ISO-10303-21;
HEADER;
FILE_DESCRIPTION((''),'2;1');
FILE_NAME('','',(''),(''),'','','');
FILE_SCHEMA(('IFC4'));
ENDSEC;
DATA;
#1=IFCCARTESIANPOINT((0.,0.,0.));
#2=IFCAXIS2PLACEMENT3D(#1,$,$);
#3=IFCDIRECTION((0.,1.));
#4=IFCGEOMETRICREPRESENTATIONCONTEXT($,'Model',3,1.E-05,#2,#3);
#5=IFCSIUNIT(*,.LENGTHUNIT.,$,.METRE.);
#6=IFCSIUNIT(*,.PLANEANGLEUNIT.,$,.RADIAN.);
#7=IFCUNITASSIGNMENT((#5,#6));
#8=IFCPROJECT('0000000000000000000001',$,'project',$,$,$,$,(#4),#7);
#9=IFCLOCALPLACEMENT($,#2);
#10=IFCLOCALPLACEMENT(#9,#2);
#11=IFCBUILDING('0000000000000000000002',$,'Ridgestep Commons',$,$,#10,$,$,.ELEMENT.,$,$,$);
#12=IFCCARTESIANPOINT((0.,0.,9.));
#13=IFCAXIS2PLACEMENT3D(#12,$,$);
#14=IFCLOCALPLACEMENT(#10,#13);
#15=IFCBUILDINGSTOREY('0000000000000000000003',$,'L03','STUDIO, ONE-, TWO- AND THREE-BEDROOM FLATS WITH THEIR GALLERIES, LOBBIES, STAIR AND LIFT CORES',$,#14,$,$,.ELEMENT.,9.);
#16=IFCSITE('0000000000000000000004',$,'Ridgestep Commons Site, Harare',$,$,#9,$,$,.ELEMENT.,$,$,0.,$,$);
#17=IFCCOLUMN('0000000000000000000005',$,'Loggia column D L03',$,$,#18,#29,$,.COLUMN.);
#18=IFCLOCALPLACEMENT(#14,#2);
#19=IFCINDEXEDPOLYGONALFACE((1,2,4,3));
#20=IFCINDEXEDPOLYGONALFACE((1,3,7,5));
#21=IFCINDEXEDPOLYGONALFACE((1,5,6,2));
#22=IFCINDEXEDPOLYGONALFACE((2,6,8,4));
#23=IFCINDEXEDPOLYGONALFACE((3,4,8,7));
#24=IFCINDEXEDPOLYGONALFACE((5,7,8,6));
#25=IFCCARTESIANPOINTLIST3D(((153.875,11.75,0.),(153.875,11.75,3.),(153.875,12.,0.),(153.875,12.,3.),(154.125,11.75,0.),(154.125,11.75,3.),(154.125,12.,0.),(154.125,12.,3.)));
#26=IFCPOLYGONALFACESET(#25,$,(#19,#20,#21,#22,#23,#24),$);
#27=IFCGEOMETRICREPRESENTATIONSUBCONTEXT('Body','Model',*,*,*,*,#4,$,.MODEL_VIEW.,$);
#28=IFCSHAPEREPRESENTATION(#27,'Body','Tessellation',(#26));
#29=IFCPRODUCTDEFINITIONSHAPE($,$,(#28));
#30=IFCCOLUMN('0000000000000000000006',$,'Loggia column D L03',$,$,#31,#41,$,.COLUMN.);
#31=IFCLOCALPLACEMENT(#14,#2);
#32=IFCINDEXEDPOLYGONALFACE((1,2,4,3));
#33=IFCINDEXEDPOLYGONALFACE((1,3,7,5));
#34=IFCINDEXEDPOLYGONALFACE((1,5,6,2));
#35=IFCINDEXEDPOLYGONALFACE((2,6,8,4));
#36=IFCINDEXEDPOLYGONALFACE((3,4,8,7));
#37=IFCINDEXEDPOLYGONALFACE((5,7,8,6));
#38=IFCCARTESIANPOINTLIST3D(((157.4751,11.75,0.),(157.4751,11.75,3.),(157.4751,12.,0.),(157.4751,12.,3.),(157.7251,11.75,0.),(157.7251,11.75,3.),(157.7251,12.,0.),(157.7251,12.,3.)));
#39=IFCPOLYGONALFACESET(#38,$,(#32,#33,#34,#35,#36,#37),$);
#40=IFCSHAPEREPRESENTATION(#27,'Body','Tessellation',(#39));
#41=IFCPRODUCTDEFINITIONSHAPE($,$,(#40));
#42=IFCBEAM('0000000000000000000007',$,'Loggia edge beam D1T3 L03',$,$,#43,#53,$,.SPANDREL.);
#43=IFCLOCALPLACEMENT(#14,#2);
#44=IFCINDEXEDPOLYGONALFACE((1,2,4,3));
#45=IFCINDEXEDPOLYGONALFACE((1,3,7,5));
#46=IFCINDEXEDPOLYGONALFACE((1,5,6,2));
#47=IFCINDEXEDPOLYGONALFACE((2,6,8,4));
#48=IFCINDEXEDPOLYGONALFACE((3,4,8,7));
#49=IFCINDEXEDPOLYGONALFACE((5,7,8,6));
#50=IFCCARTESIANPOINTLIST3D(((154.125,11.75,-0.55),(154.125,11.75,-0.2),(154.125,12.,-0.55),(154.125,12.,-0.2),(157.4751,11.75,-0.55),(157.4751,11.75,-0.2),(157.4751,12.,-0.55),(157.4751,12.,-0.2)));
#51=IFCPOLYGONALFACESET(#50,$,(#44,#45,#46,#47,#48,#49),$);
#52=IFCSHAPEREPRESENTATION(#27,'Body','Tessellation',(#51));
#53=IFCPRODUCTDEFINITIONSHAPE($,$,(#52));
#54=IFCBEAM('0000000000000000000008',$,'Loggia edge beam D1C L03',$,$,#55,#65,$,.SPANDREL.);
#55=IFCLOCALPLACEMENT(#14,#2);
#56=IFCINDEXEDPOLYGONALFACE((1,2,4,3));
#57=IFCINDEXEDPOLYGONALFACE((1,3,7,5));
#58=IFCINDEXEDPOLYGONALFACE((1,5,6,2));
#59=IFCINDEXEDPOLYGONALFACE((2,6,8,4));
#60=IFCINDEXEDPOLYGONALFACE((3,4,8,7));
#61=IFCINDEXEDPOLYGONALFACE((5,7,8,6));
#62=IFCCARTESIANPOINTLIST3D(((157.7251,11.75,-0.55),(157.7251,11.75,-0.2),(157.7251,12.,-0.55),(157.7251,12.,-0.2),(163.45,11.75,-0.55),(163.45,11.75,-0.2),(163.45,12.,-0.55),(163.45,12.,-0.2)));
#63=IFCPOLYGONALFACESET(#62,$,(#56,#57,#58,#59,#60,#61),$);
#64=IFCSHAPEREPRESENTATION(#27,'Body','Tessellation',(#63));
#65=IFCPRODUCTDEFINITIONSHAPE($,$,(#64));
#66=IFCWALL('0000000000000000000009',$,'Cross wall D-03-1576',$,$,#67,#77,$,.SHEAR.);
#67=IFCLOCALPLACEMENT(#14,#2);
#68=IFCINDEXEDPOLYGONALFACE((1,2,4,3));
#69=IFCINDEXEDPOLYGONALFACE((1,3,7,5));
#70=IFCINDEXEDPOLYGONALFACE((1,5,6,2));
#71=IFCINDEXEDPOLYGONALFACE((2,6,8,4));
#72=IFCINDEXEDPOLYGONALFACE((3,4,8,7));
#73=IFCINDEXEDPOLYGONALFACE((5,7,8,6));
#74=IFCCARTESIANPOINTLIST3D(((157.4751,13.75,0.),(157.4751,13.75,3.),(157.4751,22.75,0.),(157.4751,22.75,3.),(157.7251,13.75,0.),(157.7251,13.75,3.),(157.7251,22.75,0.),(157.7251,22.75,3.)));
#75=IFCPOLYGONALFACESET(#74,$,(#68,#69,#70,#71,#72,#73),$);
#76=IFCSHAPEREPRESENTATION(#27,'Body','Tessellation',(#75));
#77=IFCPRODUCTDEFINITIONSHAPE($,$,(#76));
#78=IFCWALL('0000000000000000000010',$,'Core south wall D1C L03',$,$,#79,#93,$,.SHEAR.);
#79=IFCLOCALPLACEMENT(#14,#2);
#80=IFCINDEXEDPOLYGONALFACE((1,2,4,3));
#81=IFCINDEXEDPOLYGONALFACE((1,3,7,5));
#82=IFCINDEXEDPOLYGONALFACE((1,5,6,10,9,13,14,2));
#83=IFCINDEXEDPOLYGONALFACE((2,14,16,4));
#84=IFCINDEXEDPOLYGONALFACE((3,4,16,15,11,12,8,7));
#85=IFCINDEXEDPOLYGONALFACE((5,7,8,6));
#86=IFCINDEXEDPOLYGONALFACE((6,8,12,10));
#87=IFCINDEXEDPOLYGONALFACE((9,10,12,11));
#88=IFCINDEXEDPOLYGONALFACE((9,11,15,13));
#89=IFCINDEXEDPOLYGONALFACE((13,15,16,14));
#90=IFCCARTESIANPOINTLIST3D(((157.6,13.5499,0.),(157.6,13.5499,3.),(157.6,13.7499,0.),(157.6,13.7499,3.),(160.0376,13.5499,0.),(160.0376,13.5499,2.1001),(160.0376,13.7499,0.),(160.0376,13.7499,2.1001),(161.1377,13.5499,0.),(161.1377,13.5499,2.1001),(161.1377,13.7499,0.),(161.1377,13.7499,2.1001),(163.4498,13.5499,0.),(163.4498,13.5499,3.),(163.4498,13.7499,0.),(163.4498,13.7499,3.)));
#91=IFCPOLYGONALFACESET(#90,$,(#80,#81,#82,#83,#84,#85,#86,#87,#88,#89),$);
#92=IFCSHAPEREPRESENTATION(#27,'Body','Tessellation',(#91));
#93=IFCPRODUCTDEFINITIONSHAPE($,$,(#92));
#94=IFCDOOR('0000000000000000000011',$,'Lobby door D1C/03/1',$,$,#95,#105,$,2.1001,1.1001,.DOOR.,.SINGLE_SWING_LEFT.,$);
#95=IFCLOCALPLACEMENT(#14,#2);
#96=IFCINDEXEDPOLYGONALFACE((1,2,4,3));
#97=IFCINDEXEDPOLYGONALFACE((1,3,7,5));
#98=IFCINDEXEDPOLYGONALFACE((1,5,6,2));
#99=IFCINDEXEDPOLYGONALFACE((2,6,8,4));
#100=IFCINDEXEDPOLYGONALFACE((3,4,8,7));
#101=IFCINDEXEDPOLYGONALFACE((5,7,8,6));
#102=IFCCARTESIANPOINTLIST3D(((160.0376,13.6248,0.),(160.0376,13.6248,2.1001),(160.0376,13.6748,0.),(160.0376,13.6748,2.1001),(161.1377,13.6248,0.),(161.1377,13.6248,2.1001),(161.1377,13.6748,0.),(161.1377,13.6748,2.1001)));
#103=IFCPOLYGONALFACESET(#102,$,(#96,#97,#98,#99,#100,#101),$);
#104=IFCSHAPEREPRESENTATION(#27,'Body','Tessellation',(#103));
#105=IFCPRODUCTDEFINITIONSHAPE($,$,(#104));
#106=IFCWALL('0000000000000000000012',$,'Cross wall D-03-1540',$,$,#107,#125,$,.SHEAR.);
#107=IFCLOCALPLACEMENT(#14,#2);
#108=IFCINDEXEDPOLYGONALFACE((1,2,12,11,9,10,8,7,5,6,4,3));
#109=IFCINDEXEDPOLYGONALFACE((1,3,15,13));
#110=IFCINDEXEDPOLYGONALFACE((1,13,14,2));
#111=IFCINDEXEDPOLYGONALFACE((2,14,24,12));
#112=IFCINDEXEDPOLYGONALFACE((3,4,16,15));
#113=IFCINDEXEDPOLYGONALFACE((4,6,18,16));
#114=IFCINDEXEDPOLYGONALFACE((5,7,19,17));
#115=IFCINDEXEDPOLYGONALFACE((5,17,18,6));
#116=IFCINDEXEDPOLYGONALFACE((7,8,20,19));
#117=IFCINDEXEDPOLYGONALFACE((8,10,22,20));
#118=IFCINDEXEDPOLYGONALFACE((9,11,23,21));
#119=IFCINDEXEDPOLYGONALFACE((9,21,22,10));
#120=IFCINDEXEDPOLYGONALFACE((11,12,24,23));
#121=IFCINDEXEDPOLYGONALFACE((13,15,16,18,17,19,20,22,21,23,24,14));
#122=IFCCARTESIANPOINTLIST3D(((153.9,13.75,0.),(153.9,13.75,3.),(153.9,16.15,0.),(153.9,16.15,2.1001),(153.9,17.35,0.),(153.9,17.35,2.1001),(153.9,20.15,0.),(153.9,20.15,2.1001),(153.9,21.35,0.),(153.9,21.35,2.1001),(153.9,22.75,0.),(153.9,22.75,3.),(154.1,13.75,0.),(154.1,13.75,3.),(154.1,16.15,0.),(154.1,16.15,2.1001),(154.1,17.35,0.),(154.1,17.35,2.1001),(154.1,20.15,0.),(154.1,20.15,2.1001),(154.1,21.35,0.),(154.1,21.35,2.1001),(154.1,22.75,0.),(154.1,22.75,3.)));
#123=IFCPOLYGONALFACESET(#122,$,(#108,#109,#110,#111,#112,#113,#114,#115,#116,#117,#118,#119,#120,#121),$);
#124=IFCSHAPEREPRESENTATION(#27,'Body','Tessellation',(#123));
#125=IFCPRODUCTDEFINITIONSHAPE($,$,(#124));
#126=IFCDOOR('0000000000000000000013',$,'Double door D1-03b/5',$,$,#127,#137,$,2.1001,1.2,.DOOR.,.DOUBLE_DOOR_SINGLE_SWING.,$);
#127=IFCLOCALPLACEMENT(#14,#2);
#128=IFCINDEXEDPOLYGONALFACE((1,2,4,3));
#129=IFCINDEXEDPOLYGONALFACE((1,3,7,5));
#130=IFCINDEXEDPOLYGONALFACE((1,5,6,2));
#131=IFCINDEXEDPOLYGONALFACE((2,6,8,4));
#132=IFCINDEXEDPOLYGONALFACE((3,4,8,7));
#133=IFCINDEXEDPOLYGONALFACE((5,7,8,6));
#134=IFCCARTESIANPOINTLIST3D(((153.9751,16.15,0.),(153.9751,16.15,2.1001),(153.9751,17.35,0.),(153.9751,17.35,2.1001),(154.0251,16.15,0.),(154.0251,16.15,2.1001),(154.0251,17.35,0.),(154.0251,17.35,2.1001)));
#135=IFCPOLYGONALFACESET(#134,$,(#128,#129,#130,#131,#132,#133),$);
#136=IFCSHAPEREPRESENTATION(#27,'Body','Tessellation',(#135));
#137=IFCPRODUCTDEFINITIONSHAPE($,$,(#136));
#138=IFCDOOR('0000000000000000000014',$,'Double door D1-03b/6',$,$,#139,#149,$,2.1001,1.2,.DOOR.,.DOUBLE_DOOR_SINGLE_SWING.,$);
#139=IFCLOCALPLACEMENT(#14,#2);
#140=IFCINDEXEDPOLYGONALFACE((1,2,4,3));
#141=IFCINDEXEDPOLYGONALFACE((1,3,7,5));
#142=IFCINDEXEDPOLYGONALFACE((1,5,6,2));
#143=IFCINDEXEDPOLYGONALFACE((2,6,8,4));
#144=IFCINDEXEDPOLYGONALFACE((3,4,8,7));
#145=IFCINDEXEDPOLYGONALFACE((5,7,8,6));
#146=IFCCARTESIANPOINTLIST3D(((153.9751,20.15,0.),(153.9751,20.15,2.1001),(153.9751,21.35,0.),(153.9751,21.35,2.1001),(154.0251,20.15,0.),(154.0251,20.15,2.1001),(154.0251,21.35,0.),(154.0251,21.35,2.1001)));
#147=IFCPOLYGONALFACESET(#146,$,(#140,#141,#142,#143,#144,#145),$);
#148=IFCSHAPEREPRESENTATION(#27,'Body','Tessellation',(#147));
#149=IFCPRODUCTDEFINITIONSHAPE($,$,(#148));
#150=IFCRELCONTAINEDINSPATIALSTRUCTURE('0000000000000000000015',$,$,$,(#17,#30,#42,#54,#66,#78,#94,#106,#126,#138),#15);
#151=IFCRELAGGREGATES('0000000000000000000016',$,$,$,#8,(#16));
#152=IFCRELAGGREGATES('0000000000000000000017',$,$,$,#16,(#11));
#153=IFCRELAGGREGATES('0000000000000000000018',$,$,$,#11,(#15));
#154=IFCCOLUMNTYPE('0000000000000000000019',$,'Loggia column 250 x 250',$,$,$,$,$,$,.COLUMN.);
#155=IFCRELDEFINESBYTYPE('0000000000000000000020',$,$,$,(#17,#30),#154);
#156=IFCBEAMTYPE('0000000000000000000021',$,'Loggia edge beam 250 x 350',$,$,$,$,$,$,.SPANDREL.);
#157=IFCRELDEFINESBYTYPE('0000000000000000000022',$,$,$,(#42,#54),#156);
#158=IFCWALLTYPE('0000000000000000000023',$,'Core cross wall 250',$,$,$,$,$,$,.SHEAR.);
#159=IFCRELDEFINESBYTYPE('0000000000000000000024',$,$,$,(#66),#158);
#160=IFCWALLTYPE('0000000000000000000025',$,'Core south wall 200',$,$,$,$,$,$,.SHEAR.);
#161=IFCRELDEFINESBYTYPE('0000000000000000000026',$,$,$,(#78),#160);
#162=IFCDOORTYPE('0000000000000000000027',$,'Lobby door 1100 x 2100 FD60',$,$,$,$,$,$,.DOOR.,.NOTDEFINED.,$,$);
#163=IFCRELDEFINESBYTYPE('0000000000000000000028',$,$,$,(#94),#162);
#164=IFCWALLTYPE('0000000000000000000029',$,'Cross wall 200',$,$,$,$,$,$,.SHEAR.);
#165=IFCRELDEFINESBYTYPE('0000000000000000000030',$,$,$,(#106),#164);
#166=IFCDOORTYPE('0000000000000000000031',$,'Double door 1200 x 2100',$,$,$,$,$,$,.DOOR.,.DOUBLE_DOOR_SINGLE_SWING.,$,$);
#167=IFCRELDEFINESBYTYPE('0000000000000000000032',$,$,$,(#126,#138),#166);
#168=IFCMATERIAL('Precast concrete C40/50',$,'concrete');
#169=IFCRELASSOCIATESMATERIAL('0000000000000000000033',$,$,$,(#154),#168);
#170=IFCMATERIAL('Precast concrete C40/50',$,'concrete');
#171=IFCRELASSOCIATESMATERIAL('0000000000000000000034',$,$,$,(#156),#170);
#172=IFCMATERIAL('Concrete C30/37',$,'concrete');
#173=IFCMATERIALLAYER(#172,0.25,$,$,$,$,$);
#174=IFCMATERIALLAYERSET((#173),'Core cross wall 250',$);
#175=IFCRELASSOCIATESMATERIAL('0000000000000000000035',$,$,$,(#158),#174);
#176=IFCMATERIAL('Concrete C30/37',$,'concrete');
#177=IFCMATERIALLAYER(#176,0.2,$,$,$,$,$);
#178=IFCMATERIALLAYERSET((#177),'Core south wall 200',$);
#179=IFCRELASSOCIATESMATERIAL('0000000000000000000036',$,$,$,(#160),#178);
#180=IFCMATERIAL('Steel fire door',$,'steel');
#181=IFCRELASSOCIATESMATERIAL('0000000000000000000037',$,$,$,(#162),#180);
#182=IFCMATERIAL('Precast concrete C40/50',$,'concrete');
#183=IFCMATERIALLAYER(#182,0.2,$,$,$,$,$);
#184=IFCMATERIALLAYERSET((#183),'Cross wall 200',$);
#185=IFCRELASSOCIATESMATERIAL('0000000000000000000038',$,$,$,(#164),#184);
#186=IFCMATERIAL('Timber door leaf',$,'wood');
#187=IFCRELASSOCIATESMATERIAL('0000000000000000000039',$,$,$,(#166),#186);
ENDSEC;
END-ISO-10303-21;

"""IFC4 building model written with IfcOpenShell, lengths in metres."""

from ifc_helpers import new_model, si_unit, direction, frame, frame_2d, origin, origin_2d, place, context, subcontext, project, spatial, rectangle, extrude, material, layer, layer_set, material_profile, profile_set, type_object, element, fill, save


model = new_model("IFC4")

# Units and contexts
model_context = context("Model", 3, precision=1e-05, world=origin(), true_north=direction((0.0, 1.0)))
body_context = subcontext(model_context, "Body", "Model", "MODEL_VIEW")
ifc_project = project(units=[si_unit("LENGTHUNIT", "METRE"), si_unit("PLANEANGLEUNIT", "RADIAN")], contexts=[model_context])

# Site, building, storey
site_placement = place(None, origin())
site = spatial("IfcSite", under=ifc_project, at=site_placement, Name="Ridgestep Commons Site, Harare", CompositionType="ELEMENT", RefElevation=0.0)
building_placement = place(site_placement, origin())
building = spatial("IfcBuilding", under=site, at=building_placement, Name="Ridgestep Commons", CompositionType="ELEMENT")
storey_placement = place(building_placement, frame((0.0, 0.0, 9.0)))
storey = spatial("IfcBuildingStorey", under=building, at=storey_placement, Name="L03", Description="STUDIO, ONE-, TWO- AND THREE-BEDROOM FLATS WITH THEIR GALLERIES, LOBBIES, STAIR AND LIFT CORES", CompositionType="ELEMENT", Elevation=9.0)

# Columns
ifc_material_1 = material(Name="Precast concrete C40/50", Category="concrete")
ifc_material_profile_1 = material_profile(ifc_material_1, rectangle(XDim=0.25, YDim=0.25, at=origin_2d()), Name="PC 250x250")
ifc_profile_set_1 = profile_set([ifc_material_profile_1], Name="Precast concrete C40/50")
column_type = type_object("IfcColumnType", Name="Loggia column 250 x 250", PredefinedType="COLUMN", material=ifc_profile_set_1)
for number, where, z_axis, x_axis, name in (
    (1, (154.0, 11.875, 0.0), (0.0, 0.0, 1.0), (1.0, 0.0, 0.0), "Loggia column D L03"),
    (2, (157.6001, 11.875, 0.0), (0.0, 0.0, 1.0), (1.0, 0.0, 0.0), "Loggia column D L03"),
):
    element("IfcColumn", number, at=place(storey_placement, frame(where, z_axis=z_axis, x_axis=x_axis)), inside=storey, type_object=column_type, Name=name, PredefinedType="COLUMN", context=body_context, shape_type="SweptSolid", body=[
        extrude(rectangle(XDim=0.25, YDim=0.25, at=origin_2d()), origin(), (0.0, 0.0, 1.0), 3.0),
    ])

# Beams
ifc_material_2 = material(Name="Precast concrete C40/50", Category="concrete")
ifc_material_profile_2 = material_profile(ifc_material_2, rectangle(XDim=0.25, YDim=0.3501, at=origin_2d()), Name="PC 250x350")
ifc_profile_set_2 = profile_set([ifc_material_profile_2], Name="Precast concrete C40/50")
beam_type = type_object("IfcBeamType", Name="Loggia edge beam 250 x 350", PredefinedType="SPANDREL", material=ifc_profile_set_2)
beam_1_placement = place(storey_placement, frame((154.125, 11.875, -0.375), z_axis=(1.0, 0.0, 0.0), x_axis=(0.0, 1.0, 0.0)))
element("IfcBeam", 3, at=beam_1_placement, inside=storey, type_object=beam_type, Name="Loggia edge beam D1T3 L03", PredefinedType="SPANDREL", context=body_context, shape_type="SweptSolid", body=[
    extrude(rectangle(XDim=0.25, YDim=0.3501, at=origin_2d()), origin(), (0.0, 0.0, 1.0), 3.3501),
])
beam_2_placement = place(storey_placement, frame((157.7251, 11.875, -0.375), z_axis=(1.0, 0.0, 0.0), x_axis=(0.0, 1.0, 0.0)))
element("IfcBeam", 4, at=beam_2_placement, inside=storey, type_object=beam_type, Name="Loggia edge beam D1C L03", PredefinedType="SPANDREL", context=body_context, shape_type="SweptSolid", body=[
    extrude(rectangle(XDim=0.25, YDim=0.3501, at=origin_2d()), origin(), (0.0, 0.0, 1.0), 5.7249),
])

# Wall
ifc_material_3 = material(Name="Concrete C30/37", Category="concrete")
ifc_layer_1 = layer(ifc_material_3, 0.25)
ifc_layer_set_1 = layer_set([ifc_layer_1], Name="Core cross wall 250")
wall_type_1 = type_object("IfcWallType", Name="Core cross wall 250", PredefinedType="SHEAR", material=ifc_layer_set_1)
wall_1_placement = place(storey_placement, frame((157.6001, 13.75, 0.0), z_axis=(0.0, 0.0, 1.0), x_axis=(0.0, 1.0, 0.0)))
element("IfcWall", 5, at=wall_1_placement, inside=storey, type_object=wall_type_1, Name="Cross wall D-03-1576", PredefinedType="SHEAR", context=body_context, shape_type="SweptSolid", body=[
    extrude(rectangle(XDim=9.0, YDim=0.25, at=frame_2d((4.5, 0.0))), origin(), (0.0, 0.0, 1.0), 3.0),
])

# Wall, opening, door
ifc_material_4 = material(Name="Concrete C30/37", Category="concrete")
ifc_layer_2 = layer(ifc_material_4, 0.2)
ifc_layer_set_2 = layer_set([ifc_layer_2], Name="Core south wall 200")
wall_type_2 = type_object("IfcWallType", Name="Core south wall 200", PredefinedType="SHEAR", material=ifc_layer_set_2)
wall_2_placement = place(storey_placement, frame((157.6001, 13.6499, 0.0), z_axis=(0.0, 0.0, 1.0), x_axis=(1.0, 0.0, 0.0)))
wall_2 = element("IfcWall", 6, at=wall_2_placement, inside=storey, type_object=wall_type_2, Name="Core south wall D1C L03", PredefinedType="SHEAR", context=body_context, shape_type="SweptSolid", body=[
    extrude(rectangle(XDim=5.8499, YDim=0.2, at=frame_2d((2.9248, 0.0))), origin(), (0.0, 0.0, 1.0), 3.0),
])
opening_1_placement = place(wall_2_placement, frame((2.4375, 0.0, 0.0)))
opening_1 = element("IfcOpeningElement", 7, at=opening_1_placement, cuts=wall_2, PredefinedType="OPENING", context=body_context, shape_type="SweptSolid", body=[
    extrude(rectangle(XDim=1.1001, YDim=2.1001, at=frame_2d((0.55, 1.05))), frame((0.0, 0.1099, 0.0), z_axis=(0.0, -1.0, 0.0), x_axis=(1.0, 0.0, 0.0)), (0.0, 0.0, 1.0), 0.22),
])
ifc_material_5 = material(Name="Steel fire door", Category="steel")
door_type_1 = type_object("IfcDoorType", Name="Lobby door 1100 x 2100 FD60", OperationType="NOTDEFINED", PredefinedType="DOOR", material=ifc_material_5)
door_1_placement = place(opening_1_placement, origin())
door_1 = element("IfcDoor", 8, at=door_1_placement, inside=storey, type_object=door_type_1, Name="Lobby door D1C/03/1", OperationType="SINGLE_SWING_LEFT", OverallHeight=2.1001, OverallWidth=1.1001, PredefinedType="DOOR", context=body_context, shape_type="SweptSolid", body=[
    extrude(rectangle(XDim=1.1001, YDim=2.1001, at=frame_2d((0.55, 1.05))), frame((0.0, 0.0249, 0.0), z_axis=(0.0, -1.0, 0.0), x_axis=(1.0, 0.0, 0.0)), (0.0, 0.0, 1.0), 0.05),
])
fill(opening_1, door_1)

# Wall, openings, doors
ifc_material_6 = material(Name="Precast concrete C40/50", Category="concrete")
ifc_layer_3 = layer(ifc_material_6, 0.2)
ifc_layer_set_3 = layer_set([ifc_layer_3], Name="Cross wall 200")
wall_type_3 = type_object("IfcWallType", Name="Cross wall 200", PredefinedType="SHEAR", material=ifc_layer_set_3)
wall_3_placement = place(storey_placement, frame((154.0, 13.75, 0.0), z_axis=(0.0, 0.0, 1.0), x_axis=(0.0, 1.0, 0.0)))
wall_3 = element("IfcWall", 9, at=wall_3_placement, inside=storey, type_object=wall_type_3, Name="Cross wall D-03-1540", PredefinedType="SHEAR", context=body_context, shape_type="SweptSolid", body=[
    extrude(rectangle(XDim=9.0, YDim=0.2, at=frame_2d((4.5, 0.0))), origin(), (0.0, 0.0, 1.0), 3.0),
])
opening_2_placement = place(wall_3_placement, frame((2.3999, 0.0, 0.0)))
opening_2 = element("IfcOpeningElement", 10, at=opening_2_placement, cuts=wall_3, PredefinedType="OPENING", context=body_context, shape_type="SweptSolid", body=[
    extrude(rectangle(XDim=1.2, YDim=2.1001, at=frame_2d((0.6001, 1.05))), frame((0.0, 0.1099, 0.0), z_axis=(0.0, -1.0, 0.0), x_axis=(1.0, 0.0, 0.0)), (0.0, 0.0, 1.0), 0.22),
])
opening_3_placement = place(wall_3_placement, frame((6.3999, 0.0, 0.0)))
opening_3 = element("IfcOpeningElement", 11, at=opening_3_placement, cuts=wall_3, PredefinedType="OPENING", context=body_context, shape_type="SweptSolid", body=[
    extrude(rectangle(XDim=1.2, YDim=2.1001, at=frame_2d((0.6001, 1.05))), frame((0.0, 0.1099, 0.0), z_axis=(0.0, -1.0, 0.0), x_axis=(1.0, 0.0, 0.0)), (0.0, 0.0, 1.0), 0.22),
])
ifc_material_7 = material(Name="Timber door leaf", Category="wood")
door_type_2 = type_object("IfcDoorType", Name="Double door 1200 x 2100", OperationType="DOUBLE_DOOR_SINGLE_SWING", PredefinedType="DOOR", material=ifc_material_7)
door_2_placement = place(opening_2_placement, origin())
door_2 = element("IfcDoor", 12, at=door_2_placement, inside=storey, type_object=door_type_2, Name="Double door D1-03b/5", OperationType="DOUBLE_DOOR_SINGLE_SWING", OverallHeight=2.1001, OverallWidth=1.2, PredefinedType="DOOR", context=body_context, shape_type="SweptSolid", body=[
    extrude(rectangle(XDim=1.2, YDim=2.1001, at=frame_2d((0.6001, 1.05))), frame((0.0, 0.0249, 0.0), z_axis=(0.0, -1.0, 0.0), x_axis=(1.0, 0.0, 0.0)), (0.0, 0.0, 1.0), 0.05),
])
fill(opening_2, door_2)
door_3_placement = place(opening_3_placement, origin())
door_3 = element("IfcDoor", 13, at=door_3_placement, inside=storey, type_object=door_type_2, Name="Double door D1-03b/6", OperationType="DOUBLE_DOOR_SINGLE_SWING", OverallHeight=2.1001, OverallWidth=1.2, PredefinedType="DOOR", context=body_context, shape_type="SweptSolid", body=[
    extrude(rectangle(XDim=1.2, YDim=2.1001, at=frame_2d((0.6001, 1.05))), frame((0.0, 0.0249, 0.0), z_axis=(0.0, -1.0, 0.0), x_axis=(1.0, 0.0, 0.0)), (0.0, 0.0, 1.0), 0.05),
])
fill(opening_3, door_3)

save(model, "model.ifc")
